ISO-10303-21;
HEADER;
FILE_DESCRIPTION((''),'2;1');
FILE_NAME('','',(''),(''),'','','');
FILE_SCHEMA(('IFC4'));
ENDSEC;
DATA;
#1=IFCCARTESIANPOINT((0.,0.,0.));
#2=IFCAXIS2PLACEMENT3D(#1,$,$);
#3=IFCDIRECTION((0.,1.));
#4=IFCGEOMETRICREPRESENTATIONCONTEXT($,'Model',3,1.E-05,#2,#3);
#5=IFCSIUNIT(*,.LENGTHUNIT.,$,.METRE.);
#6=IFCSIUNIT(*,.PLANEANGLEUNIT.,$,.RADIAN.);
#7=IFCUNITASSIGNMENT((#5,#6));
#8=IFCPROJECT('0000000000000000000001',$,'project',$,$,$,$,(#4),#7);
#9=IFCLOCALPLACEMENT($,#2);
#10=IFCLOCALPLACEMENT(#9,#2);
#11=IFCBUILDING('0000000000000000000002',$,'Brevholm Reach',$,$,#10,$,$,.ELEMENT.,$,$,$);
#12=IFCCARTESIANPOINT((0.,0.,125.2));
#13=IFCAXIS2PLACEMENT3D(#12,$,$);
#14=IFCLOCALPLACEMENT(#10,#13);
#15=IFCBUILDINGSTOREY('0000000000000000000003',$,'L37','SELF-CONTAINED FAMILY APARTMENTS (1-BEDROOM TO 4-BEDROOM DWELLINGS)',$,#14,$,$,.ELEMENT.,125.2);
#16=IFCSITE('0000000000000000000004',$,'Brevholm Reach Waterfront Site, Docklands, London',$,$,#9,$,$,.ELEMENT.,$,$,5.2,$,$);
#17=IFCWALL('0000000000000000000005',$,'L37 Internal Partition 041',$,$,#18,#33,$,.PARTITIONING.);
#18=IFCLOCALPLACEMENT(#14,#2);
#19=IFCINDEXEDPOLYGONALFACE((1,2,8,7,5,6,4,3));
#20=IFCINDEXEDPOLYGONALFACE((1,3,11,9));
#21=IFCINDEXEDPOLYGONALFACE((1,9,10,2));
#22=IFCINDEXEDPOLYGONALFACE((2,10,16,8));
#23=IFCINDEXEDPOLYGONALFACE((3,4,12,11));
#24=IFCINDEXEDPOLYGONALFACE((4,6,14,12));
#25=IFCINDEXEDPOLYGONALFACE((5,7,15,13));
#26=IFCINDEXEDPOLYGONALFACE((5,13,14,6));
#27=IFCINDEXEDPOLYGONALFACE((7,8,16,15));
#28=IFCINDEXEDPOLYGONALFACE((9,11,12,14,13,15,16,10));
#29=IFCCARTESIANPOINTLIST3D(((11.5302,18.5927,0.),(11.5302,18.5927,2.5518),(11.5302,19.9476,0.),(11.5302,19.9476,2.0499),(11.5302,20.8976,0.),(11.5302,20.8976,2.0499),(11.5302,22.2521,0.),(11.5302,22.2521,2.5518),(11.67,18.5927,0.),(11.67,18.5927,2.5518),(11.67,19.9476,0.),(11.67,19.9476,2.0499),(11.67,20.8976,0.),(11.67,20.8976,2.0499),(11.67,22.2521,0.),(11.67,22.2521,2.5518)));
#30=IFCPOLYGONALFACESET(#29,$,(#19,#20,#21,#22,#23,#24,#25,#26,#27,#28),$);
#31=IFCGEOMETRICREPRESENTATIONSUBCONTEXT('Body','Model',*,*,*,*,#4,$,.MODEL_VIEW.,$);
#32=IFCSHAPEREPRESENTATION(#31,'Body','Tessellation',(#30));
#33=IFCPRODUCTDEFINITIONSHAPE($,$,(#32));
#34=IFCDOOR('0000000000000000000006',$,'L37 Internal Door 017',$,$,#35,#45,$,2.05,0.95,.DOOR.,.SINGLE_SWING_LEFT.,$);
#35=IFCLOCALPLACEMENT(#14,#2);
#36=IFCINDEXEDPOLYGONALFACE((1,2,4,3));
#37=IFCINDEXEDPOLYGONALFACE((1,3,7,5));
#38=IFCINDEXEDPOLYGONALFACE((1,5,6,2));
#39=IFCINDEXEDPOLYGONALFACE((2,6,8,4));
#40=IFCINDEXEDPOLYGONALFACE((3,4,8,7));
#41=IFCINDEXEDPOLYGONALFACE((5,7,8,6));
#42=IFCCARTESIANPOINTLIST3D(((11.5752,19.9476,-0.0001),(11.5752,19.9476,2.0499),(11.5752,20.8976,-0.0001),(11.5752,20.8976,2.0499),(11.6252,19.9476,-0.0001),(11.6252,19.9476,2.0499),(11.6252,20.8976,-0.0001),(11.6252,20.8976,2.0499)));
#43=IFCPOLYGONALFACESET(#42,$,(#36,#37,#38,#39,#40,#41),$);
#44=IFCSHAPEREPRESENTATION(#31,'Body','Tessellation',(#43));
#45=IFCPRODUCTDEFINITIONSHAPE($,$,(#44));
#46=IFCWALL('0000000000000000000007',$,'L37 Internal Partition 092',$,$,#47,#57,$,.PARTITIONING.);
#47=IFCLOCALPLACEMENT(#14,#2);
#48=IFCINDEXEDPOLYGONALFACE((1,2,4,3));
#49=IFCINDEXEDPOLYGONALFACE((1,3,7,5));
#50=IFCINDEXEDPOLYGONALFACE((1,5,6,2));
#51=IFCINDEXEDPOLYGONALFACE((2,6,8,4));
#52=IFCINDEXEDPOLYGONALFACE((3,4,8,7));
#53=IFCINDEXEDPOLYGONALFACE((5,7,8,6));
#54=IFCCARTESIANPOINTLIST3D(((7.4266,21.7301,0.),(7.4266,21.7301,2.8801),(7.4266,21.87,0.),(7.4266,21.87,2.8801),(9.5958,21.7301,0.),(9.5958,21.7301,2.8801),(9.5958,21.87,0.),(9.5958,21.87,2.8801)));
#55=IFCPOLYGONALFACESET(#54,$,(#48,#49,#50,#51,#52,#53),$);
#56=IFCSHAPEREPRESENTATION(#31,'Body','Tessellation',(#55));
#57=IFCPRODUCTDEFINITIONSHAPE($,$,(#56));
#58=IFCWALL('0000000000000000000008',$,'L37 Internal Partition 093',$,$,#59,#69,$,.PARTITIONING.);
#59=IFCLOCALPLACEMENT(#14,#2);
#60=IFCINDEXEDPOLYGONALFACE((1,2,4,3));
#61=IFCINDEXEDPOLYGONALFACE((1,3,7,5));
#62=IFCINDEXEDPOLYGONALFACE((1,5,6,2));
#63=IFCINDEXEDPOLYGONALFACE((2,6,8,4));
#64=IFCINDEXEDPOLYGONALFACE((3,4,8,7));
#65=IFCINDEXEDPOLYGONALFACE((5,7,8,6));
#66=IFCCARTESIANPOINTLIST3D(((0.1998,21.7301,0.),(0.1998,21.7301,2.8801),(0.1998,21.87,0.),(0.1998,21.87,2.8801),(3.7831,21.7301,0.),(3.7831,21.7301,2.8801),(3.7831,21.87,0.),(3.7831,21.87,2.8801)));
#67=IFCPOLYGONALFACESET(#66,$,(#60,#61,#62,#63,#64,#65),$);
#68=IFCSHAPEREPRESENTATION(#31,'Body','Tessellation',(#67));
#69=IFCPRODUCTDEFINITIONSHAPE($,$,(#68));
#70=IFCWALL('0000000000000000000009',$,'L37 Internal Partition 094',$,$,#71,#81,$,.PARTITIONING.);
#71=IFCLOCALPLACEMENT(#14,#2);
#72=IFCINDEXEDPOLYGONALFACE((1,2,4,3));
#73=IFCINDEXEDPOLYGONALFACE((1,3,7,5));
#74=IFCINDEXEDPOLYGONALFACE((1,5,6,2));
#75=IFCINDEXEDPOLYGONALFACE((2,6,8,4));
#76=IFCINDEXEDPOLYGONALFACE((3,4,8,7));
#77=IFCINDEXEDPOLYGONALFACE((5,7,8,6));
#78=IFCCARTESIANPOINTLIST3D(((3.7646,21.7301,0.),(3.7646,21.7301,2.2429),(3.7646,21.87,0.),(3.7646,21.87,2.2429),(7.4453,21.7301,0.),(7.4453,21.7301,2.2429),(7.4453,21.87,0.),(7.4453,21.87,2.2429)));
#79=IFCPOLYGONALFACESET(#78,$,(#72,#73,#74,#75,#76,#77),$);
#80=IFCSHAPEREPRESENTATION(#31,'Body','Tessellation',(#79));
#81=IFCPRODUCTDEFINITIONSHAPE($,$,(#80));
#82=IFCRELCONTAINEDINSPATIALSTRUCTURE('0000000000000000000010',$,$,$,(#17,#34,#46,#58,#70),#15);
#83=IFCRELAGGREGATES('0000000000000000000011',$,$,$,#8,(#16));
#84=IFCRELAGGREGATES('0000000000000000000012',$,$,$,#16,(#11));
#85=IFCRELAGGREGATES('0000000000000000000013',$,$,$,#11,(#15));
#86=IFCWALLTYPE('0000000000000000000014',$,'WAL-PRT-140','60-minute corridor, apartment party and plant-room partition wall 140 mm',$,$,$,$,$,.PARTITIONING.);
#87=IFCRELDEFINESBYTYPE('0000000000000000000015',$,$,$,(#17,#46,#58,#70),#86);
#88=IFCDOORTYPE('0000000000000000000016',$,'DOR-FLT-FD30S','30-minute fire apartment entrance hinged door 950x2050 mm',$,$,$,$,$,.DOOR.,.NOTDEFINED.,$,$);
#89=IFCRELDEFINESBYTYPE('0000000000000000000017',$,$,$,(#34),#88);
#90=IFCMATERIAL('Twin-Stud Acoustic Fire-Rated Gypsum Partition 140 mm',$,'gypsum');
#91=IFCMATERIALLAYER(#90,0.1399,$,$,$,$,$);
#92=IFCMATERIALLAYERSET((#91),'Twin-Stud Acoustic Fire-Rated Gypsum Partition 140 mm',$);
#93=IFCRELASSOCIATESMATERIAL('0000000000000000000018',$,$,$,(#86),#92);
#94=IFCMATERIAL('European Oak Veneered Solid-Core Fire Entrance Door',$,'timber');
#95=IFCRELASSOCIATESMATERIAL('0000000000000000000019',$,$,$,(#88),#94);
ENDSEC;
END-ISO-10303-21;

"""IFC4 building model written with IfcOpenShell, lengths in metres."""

from ifc_helpers import new_model, si_unit, direction, frame, frame_2d, origin, place, context, subcontext, project, spatial, rectangle, extrude, material, layer, layer_set, type_object, element, fill, save


model = new_model("IFC4")

# Units and contexts
model_context = context("Model", 3, precision=1e-05, world=origin(), true_north=direction((0.0, 1.0)))
body_context = subcontext(model_context, "Body", "Model", "MODEL_VIEW")
ifc_project = project(units=[si_unit("LENGTHUNIT", "METRE"), si_unit("PLANEANGLEUNIT", "RADIAN")], contexts=[model_context])

# Site, building, storey
site_placement = place(None, origin())
site = spatial("IfcSite", under=ifc_project, at=site_placement, Name="Brevholm Reach Waterfront Site, Docklands, London", CompositionType="ELEMENT", RefElevation=5.2)
building_placement = place(site_placement, origin())
building = spatial("IfcBuilding", under=site, at=building_placement, Name="Brevholm Reach", CompositionType="ELEMENT")
storey_placement = place(building_placement, frame((0.0, 0.0, 125.2)))
storey = spatial("IfcBuildingStorey", under=building, at=storey_placement, Name="L37", Description="SELF-CONTAINED FAMILY APARTMENTS (1-BEDROOM TO 4-BEDROOM DWELLINGS)", CompositionType="ELEMENT", Elevation=125.2)

# Shared definitions
ifc_material_1 = material(Name="Twin-Stud Acoustic Fire-Rated Gypsum Partition 140 mm", Category="gypsum")
ifc_layer_1 = layer(ifc_material_1, 0.1399)
ifc_layer_set_1 = layer_set([ifc_layer_1], Name="Twin-Stud Acoustic Fire-Rated Gypsum Partition 140 mm")
wall_type_1 = type_object("IfcWallType", Name="WAL-PRT-140", Description="60-minute corridor, apartment party and plant-room partition wall 140 mm", PredefinedType="PARTITIONING", material=ifc_layer_set_1)

# Wall, opening, door
wall_1_placement = place(storey_placement, frame((11.6001, 18.5928, 0.0), z_axis=(0.0, 0.0, 1.0), x_axis=(0.0, 1.0, 0.0)))
wall_1 = element("IfcWall", 1, at=wall_1_placement, inside=storey, type_object=wall_type_1, Name="L37 Internal Partition 041", PredefinedType="PARTITIONING", context=body_context, shape_type="SweptSolid", body=[
    extrude(rectangle(XDim=3.6594, YDim=0.1399, at=frame_2d((1.8296, 0.0))), origin(), (0.0, 0.0, 1.0), 2.5518),
])
opening_1_placement = place(wall_1_placement, frame((1.3547, 0.0, 0.0)))
opening_1 = element("IfcOpeningElement", 2, at=opening_1_placement, cuts=wall_1, PredefinedType="OPENING", context=body_context, shape_type="SweptSolid", body=[
    extrude(rectangle(XDim=0.95, YDim=2.05, at=frame_2d((0.4751, 1.0249))), frame((0.0, 0.0798, 0.0), z_axis=(0.0, -1.0, 0.0), x_axis=(1.0, 0.0, 0.0)), (0.0, 0.0, 1.0), 0.1599),
])
ifc_material_2 = material(Name="European Oak Veneered Solid-Core Fire Entrance Door", Category="timber")
door_type_1 = type_object("IfcDoorType", Name="DOR-FLT-FD30S", Description="30-minute fire apartment entrance hinged door 950x2050 mm", OperationType="NOTDEFINED", PredefinedType="DOOR", material=ifc_material_2)
door_1_placement = place(opening_1_placement, origin())
door_1 = element("IfcDoor", 3, at=door_1_placement, inside=storey, type_object=door_type_1, Name="L37 Internal Door 017", OperationType="SINGLE_SWING_LEFT", OverallHeight=2.05, OverallWidth=0.95, PredefinedType="DOOR", context=body_context, shape_type="SweptSolid", body=[
    extrude(rectangle(XDim=0.95, YDim=2.05, at=frame_2d((0.4751, 1.0249))), frame((0.0, 0.0249, 0.0), z_axis=(0.0, -1.0, 0.0), x_axis=(1.0, 0.0, 0.0)), (0.0, 0.0, 1.0), 0.05),
])
fill(opening_1, door_1)

# Walls
wall_2_placement = place(storey_placement, frame((7.4268, 21.8, 0.0), z_axis=(0.0, 0.0, 1.0), x_axis=(1.0, 0.0, 0.0)))
element("IfcWall", 4, at=wall_2_placement, inside=storey, type_object=wall_type_1, Name="L37 Internal Partition 092", PredefinedType="PARTITIONING", context=body_context, shape_type="SweptSolid", body=[
    extrude(rectangle(XDim=2.1692, YDim=0.1399, at=frame_2d((1.0845, 0.0))), origin(), (0.0, 0.0, 1.0), 2.8801),
])
wall_3_placement = place(storey_placement, frame((0.2, 21.8, 0.0), z_axis=(0.0, 0.0, 1.0), x_axis=(1.0, 0.0, 0.0)))
element("IfcWall", 5, at=wall_3_placement, inside=storey, type_object=wall_type_1, Name="L37 Internal Partition 093", PredefinedType="PARTITIONING", context=body_context, shape_type="SweptSolid", body=[
    extrude(rectangle(XDim=3.5833, YDim=0.1399, at=frame_2d((1.7915, 0.0))), origin(), (0.0, 0.0, 1.0), 2.8801),
])
wall_4_placement = place(storey_placement, frame((3.7646, 21.8, 0.0), z_axis=(0.0, 0.0, 1.0), x_axis=(1.0, 0.0, 0.0)))
element("IfcWall", 6, at=wall_4_placement, inside=storey, type_object=wall_type_1, Name="L37 Internal Partition 094", PredefinedType="PARTITIONING", context=body_context, shape_type="SweptSolid", body=[
    extrude(rectangle(XDim=3.6807, YDim=0.1399, at=frame_2d((1.8403, 0.0))), origin(), (0.0, 0.0, 1.0), 2.2429),
])

save(model, "model.ifc")
